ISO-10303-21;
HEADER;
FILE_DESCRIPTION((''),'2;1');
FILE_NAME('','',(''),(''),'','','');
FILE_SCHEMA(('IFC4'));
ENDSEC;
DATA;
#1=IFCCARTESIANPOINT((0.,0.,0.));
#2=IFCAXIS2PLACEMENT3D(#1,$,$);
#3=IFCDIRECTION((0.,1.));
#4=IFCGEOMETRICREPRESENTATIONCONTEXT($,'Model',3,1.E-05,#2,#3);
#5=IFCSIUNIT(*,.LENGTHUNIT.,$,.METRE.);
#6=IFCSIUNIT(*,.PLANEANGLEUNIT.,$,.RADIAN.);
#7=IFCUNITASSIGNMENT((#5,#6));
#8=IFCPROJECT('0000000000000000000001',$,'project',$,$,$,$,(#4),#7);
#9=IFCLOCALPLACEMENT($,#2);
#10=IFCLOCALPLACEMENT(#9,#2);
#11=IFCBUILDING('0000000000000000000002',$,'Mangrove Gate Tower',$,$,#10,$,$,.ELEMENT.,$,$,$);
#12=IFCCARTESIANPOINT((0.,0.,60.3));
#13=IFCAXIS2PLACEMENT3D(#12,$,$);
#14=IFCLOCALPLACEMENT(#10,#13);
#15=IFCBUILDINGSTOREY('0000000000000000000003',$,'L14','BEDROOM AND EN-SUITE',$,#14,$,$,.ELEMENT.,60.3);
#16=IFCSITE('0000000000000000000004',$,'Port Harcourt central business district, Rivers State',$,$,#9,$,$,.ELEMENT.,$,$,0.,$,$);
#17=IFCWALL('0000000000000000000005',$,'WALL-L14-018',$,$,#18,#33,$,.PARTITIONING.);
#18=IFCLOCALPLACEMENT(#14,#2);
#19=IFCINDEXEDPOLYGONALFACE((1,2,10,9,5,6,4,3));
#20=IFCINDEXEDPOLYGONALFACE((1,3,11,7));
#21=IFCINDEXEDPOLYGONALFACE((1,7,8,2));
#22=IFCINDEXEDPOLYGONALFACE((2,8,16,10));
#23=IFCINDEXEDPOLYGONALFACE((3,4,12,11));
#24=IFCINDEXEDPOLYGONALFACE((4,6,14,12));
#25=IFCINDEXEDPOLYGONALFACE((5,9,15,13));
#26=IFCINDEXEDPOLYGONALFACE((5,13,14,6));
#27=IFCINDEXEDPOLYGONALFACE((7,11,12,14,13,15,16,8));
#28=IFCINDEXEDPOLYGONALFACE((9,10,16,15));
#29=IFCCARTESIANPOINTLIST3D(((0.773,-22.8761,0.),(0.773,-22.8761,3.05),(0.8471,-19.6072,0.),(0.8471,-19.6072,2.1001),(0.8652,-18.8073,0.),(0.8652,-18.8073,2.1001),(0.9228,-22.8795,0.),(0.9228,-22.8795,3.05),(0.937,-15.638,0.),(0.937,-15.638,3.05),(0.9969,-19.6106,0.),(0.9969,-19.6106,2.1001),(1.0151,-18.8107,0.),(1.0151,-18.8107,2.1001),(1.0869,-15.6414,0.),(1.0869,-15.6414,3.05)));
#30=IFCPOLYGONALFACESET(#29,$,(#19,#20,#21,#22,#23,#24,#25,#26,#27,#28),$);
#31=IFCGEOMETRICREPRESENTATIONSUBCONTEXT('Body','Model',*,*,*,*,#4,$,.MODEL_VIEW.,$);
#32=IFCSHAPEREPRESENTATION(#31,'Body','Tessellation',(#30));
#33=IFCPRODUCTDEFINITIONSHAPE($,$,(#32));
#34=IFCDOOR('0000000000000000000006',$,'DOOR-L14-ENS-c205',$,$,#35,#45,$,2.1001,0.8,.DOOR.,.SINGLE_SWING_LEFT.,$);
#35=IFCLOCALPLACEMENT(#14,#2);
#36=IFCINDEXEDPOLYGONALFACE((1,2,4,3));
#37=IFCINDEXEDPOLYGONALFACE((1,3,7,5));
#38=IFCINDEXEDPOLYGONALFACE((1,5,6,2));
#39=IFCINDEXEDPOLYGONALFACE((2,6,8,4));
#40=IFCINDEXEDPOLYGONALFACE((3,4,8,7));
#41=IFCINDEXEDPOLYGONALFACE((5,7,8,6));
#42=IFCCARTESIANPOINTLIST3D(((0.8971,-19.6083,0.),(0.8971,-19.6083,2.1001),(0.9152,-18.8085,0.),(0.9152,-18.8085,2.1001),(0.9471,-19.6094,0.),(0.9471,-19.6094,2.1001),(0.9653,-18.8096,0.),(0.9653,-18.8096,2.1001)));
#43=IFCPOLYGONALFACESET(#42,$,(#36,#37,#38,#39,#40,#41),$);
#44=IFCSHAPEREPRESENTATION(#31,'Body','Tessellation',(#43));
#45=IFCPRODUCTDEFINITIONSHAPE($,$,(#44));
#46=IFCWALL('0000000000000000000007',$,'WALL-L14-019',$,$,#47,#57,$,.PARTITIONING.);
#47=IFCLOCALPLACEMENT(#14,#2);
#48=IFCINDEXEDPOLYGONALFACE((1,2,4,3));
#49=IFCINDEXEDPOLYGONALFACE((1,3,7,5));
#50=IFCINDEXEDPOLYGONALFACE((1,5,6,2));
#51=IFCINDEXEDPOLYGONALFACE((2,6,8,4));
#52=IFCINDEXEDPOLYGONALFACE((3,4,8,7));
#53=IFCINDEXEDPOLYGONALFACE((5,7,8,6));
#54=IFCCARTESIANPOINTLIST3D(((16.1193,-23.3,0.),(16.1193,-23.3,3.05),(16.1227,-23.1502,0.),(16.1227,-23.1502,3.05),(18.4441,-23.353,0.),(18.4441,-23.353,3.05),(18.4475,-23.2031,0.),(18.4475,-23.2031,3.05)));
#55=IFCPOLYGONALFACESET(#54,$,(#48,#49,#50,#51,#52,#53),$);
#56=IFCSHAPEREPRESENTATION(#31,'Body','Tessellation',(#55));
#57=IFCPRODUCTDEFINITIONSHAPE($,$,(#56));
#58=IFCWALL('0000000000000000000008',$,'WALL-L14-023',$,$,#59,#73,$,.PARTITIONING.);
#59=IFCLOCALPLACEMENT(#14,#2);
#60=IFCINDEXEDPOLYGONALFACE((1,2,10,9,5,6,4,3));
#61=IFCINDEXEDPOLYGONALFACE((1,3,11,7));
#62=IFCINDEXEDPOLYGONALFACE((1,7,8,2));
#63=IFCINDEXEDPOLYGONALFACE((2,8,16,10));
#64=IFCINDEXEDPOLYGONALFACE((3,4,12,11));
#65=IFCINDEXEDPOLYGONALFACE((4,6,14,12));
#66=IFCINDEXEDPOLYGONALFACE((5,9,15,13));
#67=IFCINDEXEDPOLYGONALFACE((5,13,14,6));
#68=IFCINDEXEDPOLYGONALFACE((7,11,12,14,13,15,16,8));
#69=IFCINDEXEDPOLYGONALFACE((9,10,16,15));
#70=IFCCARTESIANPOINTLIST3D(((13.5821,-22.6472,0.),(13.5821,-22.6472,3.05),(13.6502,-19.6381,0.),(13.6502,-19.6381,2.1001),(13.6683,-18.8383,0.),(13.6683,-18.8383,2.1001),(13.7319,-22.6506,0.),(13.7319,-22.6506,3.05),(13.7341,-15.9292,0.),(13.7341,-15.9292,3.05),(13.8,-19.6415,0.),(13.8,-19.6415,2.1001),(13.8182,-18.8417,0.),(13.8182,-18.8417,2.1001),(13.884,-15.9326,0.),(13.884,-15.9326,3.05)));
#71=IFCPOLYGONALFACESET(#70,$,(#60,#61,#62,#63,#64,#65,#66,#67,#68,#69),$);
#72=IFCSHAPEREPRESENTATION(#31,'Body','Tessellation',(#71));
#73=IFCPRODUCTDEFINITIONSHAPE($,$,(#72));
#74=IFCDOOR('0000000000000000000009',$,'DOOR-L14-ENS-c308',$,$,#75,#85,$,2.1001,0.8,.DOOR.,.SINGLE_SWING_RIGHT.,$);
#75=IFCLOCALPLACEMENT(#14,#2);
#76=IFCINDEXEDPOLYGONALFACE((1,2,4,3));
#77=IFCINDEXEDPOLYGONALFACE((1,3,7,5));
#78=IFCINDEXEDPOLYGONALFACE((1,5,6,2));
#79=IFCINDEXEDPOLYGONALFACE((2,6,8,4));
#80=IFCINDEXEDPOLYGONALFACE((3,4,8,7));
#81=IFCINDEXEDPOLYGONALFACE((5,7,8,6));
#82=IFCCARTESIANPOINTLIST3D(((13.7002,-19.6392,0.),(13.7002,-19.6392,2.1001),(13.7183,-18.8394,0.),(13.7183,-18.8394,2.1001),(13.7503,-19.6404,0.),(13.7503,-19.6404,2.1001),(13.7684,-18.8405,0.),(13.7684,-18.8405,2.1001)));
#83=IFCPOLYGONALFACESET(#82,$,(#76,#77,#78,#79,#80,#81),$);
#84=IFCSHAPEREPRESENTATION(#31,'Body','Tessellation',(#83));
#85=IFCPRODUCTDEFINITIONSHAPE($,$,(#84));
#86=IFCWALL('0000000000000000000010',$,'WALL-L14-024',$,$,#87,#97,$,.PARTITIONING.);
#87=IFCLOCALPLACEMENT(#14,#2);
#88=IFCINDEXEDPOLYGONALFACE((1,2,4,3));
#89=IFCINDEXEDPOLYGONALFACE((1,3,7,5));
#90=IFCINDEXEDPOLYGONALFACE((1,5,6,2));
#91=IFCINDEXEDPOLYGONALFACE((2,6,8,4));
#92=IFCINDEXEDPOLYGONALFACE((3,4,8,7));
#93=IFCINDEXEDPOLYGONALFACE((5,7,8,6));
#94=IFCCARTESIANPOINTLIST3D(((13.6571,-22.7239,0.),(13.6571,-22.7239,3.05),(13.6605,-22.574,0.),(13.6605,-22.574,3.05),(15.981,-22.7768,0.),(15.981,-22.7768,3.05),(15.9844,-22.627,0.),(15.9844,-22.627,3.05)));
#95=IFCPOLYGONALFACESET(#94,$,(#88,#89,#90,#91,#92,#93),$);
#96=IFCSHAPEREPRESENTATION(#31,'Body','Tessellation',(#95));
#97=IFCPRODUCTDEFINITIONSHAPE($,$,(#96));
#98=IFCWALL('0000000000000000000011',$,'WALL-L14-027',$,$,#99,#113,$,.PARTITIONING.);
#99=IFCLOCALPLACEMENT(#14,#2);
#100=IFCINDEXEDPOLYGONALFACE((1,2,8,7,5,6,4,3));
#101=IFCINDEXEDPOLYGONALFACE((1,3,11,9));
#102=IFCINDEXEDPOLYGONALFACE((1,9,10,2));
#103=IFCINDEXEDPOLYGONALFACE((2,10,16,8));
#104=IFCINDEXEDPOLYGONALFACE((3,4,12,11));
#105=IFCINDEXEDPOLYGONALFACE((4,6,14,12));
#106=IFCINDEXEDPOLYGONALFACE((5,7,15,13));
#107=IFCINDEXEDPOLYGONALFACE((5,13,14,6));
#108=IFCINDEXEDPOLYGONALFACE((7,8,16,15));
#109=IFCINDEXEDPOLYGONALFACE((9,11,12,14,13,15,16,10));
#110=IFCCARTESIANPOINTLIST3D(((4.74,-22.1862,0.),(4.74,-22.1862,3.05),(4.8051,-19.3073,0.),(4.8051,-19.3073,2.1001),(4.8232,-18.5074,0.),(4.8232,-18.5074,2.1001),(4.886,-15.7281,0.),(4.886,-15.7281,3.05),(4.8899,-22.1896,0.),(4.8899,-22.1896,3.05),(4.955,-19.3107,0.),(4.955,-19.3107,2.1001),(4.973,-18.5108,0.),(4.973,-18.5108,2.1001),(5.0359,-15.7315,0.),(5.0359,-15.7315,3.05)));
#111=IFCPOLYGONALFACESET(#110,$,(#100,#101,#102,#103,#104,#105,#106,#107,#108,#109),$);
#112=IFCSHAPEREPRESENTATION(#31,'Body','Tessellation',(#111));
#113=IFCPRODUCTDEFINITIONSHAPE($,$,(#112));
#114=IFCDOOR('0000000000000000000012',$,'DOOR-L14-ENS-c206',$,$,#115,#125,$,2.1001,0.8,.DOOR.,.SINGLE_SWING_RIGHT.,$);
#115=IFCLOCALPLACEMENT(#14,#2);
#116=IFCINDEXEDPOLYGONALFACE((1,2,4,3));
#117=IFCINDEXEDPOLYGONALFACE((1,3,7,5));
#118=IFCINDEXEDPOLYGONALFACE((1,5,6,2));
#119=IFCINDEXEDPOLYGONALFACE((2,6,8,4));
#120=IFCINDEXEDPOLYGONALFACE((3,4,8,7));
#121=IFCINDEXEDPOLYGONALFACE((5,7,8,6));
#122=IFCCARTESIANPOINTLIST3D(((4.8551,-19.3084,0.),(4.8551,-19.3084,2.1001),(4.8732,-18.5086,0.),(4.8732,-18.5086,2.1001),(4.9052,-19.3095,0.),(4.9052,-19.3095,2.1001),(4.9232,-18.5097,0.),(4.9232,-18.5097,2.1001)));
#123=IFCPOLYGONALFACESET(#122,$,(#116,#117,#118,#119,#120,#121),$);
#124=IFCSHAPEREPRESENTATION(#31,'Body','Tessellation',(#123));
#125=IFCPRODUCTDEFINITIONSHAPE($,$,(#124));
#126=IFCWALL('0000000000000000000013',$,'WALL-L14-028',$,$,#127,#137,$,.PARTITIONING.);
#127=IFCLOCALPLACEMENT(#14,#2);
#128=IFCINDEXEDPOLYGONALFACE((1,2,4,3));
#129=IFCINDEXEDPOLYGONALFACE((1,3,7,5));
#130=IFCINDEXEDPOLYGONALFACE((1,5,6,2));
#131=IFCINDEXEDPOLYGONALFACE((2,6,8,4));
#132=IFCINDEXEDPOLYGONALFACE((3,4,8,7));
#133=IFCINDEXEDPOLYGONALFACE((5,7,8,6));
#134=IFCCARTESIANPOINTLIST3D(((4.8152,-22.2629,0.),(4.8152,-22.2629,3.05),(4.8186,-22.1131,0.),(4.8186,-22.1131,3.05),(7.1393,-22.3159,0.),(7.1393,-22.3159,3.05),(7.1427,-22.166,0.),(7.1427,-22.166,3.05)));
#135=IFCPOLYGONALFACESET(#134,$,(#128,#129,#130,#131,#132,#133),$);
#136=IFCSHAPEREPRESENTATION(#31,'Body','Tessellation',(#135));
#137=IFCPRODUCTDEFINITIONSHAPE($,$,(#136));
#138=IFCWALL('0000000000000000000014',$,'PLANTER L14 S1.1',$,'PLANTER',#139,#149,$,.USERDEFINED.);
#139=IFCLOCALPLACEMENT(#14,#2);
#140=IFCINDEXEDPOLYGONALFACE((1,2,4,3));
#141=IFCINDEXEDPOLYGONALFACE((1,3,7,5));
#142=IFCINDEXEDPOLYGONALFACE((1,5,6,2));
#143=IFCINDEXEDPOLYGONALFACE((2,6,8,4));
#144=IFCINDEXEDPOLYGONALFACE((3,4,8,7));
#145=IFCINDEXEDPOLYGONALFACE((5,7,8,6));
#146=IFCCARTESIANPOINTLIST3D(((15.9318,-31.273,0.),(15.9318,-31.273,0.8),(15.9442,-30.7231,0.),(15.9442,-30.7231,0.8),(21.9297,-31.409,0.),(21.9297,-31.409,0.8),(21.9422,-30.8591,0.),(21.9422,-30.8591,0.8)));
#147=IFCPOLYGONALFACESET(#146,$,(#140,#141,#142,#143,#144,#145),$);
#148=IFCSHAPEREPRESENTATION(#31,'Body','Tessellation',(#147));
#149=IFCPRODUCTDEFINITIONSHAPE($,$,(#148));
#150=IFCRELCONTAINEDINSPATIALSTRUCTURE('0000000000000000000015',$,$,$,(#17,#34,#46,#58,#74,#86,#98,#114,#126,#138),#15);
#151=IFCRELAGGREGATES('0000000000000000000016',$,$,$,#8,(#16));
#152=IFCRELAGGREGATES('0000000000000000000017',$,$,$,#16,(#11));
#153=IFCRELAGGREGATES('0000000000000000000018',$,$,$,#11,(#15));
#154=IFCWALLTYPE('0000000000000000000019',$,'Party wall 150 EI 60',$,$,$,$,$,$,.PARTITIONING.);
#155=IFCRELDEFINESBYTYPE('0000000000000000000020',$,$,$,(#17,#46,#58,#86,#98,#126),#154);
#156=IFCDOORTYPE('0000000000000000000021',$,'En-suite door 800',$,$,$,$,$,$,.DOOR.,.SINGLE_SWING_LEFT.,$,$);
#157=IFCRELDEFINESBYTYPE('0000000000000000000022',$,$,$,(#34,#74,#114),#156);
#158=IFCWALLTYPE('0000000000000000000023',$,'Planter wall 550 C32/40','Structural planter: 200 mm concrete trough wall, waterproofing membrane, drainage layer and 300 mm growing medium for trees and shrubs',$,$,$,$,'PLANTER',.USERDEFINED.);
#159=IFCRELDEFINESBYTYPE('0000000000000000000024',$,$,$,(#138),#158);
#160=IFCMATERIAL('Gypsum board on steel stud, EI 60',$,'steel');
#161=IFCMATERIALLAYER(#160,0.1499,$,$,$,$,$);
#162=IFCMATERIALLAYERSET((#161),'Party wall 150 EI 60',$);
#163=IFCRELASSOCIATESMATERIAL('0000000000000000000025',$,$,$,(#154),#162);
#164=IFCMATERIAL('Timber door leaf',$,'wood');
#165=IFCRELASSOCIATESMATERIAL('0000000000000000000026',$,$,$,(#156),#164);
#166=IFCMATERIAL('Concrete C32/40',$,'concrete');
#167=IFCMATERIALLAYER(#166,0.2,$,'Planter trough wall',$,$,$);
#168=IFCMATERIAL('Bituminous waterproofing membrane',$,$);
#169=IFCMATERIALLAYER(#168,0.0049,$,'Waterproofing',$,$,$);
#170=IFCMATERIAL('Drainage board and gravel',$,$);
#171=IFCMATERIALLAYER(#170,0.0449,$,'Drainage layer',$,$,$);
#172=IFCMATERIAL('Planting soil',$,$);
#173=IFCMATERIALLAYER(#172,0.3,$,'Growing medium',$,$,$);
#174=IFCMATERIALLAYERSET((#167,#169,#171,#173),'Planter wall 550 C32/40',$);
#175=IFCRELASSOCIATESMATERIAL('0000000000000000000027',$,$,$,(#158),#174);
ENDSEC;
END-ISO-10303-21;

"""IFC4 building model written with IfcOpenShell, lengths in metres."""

from ifc_helpers import new_model, si_unit, direction, frame, frame_2d, origin, place, context, subcontext, project, spatial, rectangle, extrude, material, layer, layer_set, type_object, element, fill, save


model = new_model("IFC4")

# Units and contexts
model_context = context("Model", 3, precision=1e-05, world=origin(), true_north=direction((0.0, 1.0)))
body_context = subcontext(model_context, "Body", "Model", "MODEL_VIEW")
ifc_project = project(units=[si_unit("LENGTHUNIT", "METRE"), si_unit("PLANEANGLEUNIT", "RADIAN")], contexts=[model_context])

# Site, building, storey
site_placement = place(None, origin())
site = spatial("IfcSite", under=ifc_project, at=site_placement, Name="Port Harcourt central business district, Rivers State", CompositionType="ELEMENT", RefElevation=0.0)
building_placement = place(site_placement, origin())
building = spatial("IfcBuilding", under=site, at=building_placement, Name="Mangrove Gate Tower", CompositionType="ELEMENT")
storey_placement = place(building_placement, frame((0.0, 0.0, 60.3)))
storey = spatial("IfcBuildingStorey", under=building, at=storey_placement, Name="L14", Description="BEDROOM AND EN-SUITE", CompositionType="ELEMENT", Elevation=60.3)

# Shared definitions
ifc_material_1 = material(Name="Gypsum board on steel stud, EI 60", Category="steel")
ifc_layer_1 = layer(ifc_material_1, 0.1499)
ifc_layer_set_1 = layer_set([ifc_layer_1], Name="Party wall 150 EI 60")
wall_type_1 = type_object("IfcWallType", Name="Party wall 150 EI 60", PredefinedType="PARTITIONING", material=ifc_layer_set_1)

# Wall, opening, door
ifc_material_2 = material(Name="Timber door leaf", Category="wood")
door_type = type_object("IfcDoorType", Name="En-suite door 800", OperationType="SINGLE_SWING_LEFT", PredefinedType="DOOR", material=ifc_material_2)
wall_1_placement = place(storey_placement, frame((0.8479, -22.8779, 0.0), z_axis=(0.0, 0.0, 1.0), x_axis=(0.022661, 0.999743, 0.0)))
wall_1 = element("IfcWall", 1, at=wall_1_placement, inside=storey, type_object=wall_type_1, Name="WALL-L14-018", PredefinedType="PARTITIONING", context=body_context, shape_type="SweptSolid", body=[
    extrude(rectangle(XDim=7.24, YDim=0.1499, at=frame_2d((3.6201, 0.0))), origin(), (0.0, 0.0, 1.0), 3.05),
])
opening_1_placement = place(wall_1_placement, frame((3.27, 0.0, 0.0)))
opening_1 = element("IfcOpeningElement", 2, at=opening_1_placement, cuts=wall_1, PredefinedType="OPENING", context=body_context, shape_type="SweptSolid", body=[
    extrude(rectangle(XDim=0.8, YDim=2.1001, at=frame_2d((0.3999, 1.05))), frame((0.0, 0.085, 0.0), z_axis=(0.0, -1.0, 0.0), x_axis=(1.0, 0.0, 0.0)), (0.0, 0.0, 1.0), 0.1699),
])
door_1_placement = place(opening_1_placement, origin())
door_1 = element("IfcDoor", 3, at=door_1_placement, inside=storey, type_object=door_type, Name="DOOR-L14-ENS-c205", OperationType="SINGLE_SWING_LEFT", OverallHeight=2.1001, OverallWidth=0.8, PredefinedType="DOOR", context=body_context, shape_type="SweptSolid", body=[
    extrude(rectangle(XDim=0.8, YDim=2.1001, at=frame_2d((0.3999, 1.05))), frame((0.0, 0.0249, 0.0), z_axis=(0.0, -1.0, 0.0), x_axis=(1.0, 0.0, 0.0)), (0.0, 0.0, 1.0), 0.05),
])
fill(opening_1, door_1)

# Wall
wall_2_placement = place(storey_placement, frame((16.1211, -23.2251, 0.0), z_axis=(0.0, 0.0, 1.0), x_axis=(0.99974, -0.022781, 0.0)))
element("IfcWall", 4, at=wall_2_placement, inside=storey, type_object=wall_type_1, Name="WALL-L14-019", PredefinedType="PARTITIONING", context=body_context, shape_type="SweptSolid", body=[
    extrude(rectangle(XDim=2.3254, YDim=0.1499, at=frame_2d((1.1626, 0.0))), origin(), (0.0, 0.0, 1.0), 3.05),
])

# Wall, opening, door
wall_3_placement = place(storey_placement, frame((13.657, -22.6489, 0.0), z_axis=(0.0, 0.0, 1.0), x_axis=(0.022635, 0.999744, 0.0)))
wall_3 = element("IfcWall", 5, at=wall_3_placement, inside=storey, type_object=wall_type_1, Name="WALL-L14-023", PredefinedType="PARTITIONING", context=body_context, shape_type="SweptSolid", body=[
    extrude(rectangle(XDim=6.7197, YDim=0.1499, at=frame_2d((3.3599, 0.0))), origin(), (0.0, 0.0, 1.0), 3.05),
])
opening_2_placement = place(wall_3_placement, frame((3.01, 0.0, 0.0)))
opening_2 = element("IfcOpeningElement", 6, at=opening_2_placement, cuts=wall_3, PredefinedType="OPENING", context=body_context, shape_type="SweptSolid", body=[
    extrude(rectangle(XDim=0.8, YDim=2.1001, at=frame_2d((0.3999, 1.05))), frame((0.0, 0.085, 0.0), z_axis=(0.0, -1.0, 0.0), x_axis=(1.0, 0.0, 0.0)), (0.0, 0.0, 1.0), 0.1699),
])
door_2_placement = place(opening_2_placement, origin())
door_2 = element("IfcDoor", 7, at=door_2_placement, inside=storey, type_object=door_type, Name="DOOR-L14-ENS-c308", OperationType="SINGLE_SWING_RIGHT", OverallHeight=2.1001, OverallWidth=0.8, PredefinedType="DOOR", context=body_context, shape_type="SweptSolid", body=[
    extrude(rectangle(XDim=0.8, YDim=2.1001, at=frame_2d((0.3999, 1.05))), frame((0.0, 0.0249, 0.0), z_axis=(0.0, -1.0, 0.0), x_axis=(1.0, 0.0, 0.0)), (0.0, 0.0, 1.0), 0.05),
])
fill(opening_2, door_2)

# Wall
wall_4_placement = place(storey_placement, frame((13.6589, -22.6489, 0.0), z_axis=(0.0, 0.0, 1.0), x_axis=(0.99974, -0.022791, 0.0)))
element("IfcWall", 8, at=wall_4_placement, inside=storey, type_object=wall_type_1, Name="WALL-L14-024", PredefinedType="PARTITIONING", context=body_context, shape_type="SweptSolid", body=[
    extrude(rectangle(XDim=2.3245, YDim=0.1499, at=frame_2d((1.1621, 0.0))), origin(), (0.0, 0.0, 1.0), 3.05),
])

# Wall, opening, door
wall_5_placement = place(storey_placement, frame((4.8149, -22.188, 0.0), z_axis=(0.0, 0.0, 1.0), x_axis=(0.022601, 0.999745, 0.0)))
wall_5 = element("IfcWall", 9, at=wall_5_placement, inside=storey, type_object=wall_type_1, Name="WALL-L14-027", PredefinedType="PARTITIONING", context=body_context, shape_type="SweptSolid", body=[
    extrude(rectangle(XDim=6.4597, YDim=0.1499, at=frame_2d((3.23, 0.0))), origin(), (0.0, 0.0, 1.0), 3.05),
])
opening_3_placement = place(wall_5_placement, frame((2.8799, 0.0, 0.0)))
opening_3 = element("IfcOpeningElement", 10, at=opening_3_placement, cuts=wall_5, PredefinedType="OPENING", context=body_context, shape_type="SweptSolid", body=[
    extrude(rectangle(XDim=0.8, YDim=2.1001, at=frame_2d((0.3999, 1.05))), frame((0.0, 0.085, 0.0), z_axis=(0.0, -1.0, 0.0), x_axis=(1.0, 0.0, 0.0)), (0.0, 0.0, 1.0), 0.1699),
])
door_3_placement = place(opening_3_placement, origin())
door_3 = element("IfcDoor", 11, at=door_3_placement, inside=storey, type_object=door_type, Name="DOOR-L14-ENS-c206", OperationType="SINGLE_SWING_RIGHT", OverallHeight=2.1001, OverallWidth=0.8, PredefinedType="DOOR", context=body_context, shape_type="SweptSolid", body=[
    extrude(rectangle(XDim=0.8, YDim=2.1001, at=frame_2d((0.3999, 1.05))), frame((0.0, 0.0249, 0.0), z_axis=(0.0, -1.0, 0.0), x_axis=(1.0, 0.0, 0.0)), (0.0, 0.0, 1.0), 0.05),
])
fill(opening_3, door_3)

# Walls
wall_6_placement = place(storey_placement, frame((4.8169, -22.188, 0.0), z_axis=(0.0, 0.0, 1.0), x_axis=(0.99974, -0.022788, 0.0)))
element("IfcWall", 12, at=wall_6_placement, inside=storey, type_object=wall_type_1, Name="WALL-L14-028", PredefinedType="PARTITIONING", context=body_context, shape_type="SweptSolid", body=[
    extrude(rectangle(XDim=2.3247, YDim=0.1499, at=frame_2d((1.1624, 0.0))), origin(), (0.0, 0.0, 1.0), 3.05),
])
ifc_material_3 = material(Name="Concrete C32/40", Category="concrete")
ifc_layer_2 = layer(ifc_material_3, 0.2, Name="Planter trough wall")
ifc_material_4 = material(Name="Bituminous waterproofing membrane")
ifc_layer_3 = layer(ifc_material_4, 0.0049, Name="Waterproofing")
ifc_material_5 = material(Name="Drainage board and gravel")
ifc_layer_4 = layer(ifc_material_5, 0.0449, Name="Drainage layer")
ifc_material_6 = material(Name="Planting soil")
ifc_layer_5 = layer(ifc_material_6, 0.3, Name="Growing medium")
ifc_layer_set_2 = layer_set([ifc_layer_2, ifc_layer_3, ifc_layer_4, ifc_layer_5], Name="Planter wall 550 C32/40")
wall_type_2 = type_object("IfcWallType", Name="Planter wall 550 C32/40", Description="Structural planter: 200 mm concrete trough wall, waterproofing membrane, drainage layer and 300 mm growing medium for trees and shrubs", ElementType="PLANTER", PredefinedType="USERDEFINED", material=ifc_layer_set_2)
wall_7_placement = place(storey_placement, frame((15.938, -30.998, 0.0), z_axis=(0.0, 0.0, 1.0), x_axis=(0.999743, -0.022666, 0.0)))
element("IfcWall", 13, at=wall_7_placement, inside=storey, type_object=wall_type_2, Name="PLANTER L14 S1.1", ObjectType="PLANTER", PredefinedType="USERDEFINED", context=body_context, shape_type="SweptSolid", body=[
    extrude(rectangle(XDim=5.9995, YDim=0.55, at=frame_2d((2.9998, 0.0))), origin(), (0.0, 0.0, 1.0), 0.8),
])

save(model, "model.ifc")
